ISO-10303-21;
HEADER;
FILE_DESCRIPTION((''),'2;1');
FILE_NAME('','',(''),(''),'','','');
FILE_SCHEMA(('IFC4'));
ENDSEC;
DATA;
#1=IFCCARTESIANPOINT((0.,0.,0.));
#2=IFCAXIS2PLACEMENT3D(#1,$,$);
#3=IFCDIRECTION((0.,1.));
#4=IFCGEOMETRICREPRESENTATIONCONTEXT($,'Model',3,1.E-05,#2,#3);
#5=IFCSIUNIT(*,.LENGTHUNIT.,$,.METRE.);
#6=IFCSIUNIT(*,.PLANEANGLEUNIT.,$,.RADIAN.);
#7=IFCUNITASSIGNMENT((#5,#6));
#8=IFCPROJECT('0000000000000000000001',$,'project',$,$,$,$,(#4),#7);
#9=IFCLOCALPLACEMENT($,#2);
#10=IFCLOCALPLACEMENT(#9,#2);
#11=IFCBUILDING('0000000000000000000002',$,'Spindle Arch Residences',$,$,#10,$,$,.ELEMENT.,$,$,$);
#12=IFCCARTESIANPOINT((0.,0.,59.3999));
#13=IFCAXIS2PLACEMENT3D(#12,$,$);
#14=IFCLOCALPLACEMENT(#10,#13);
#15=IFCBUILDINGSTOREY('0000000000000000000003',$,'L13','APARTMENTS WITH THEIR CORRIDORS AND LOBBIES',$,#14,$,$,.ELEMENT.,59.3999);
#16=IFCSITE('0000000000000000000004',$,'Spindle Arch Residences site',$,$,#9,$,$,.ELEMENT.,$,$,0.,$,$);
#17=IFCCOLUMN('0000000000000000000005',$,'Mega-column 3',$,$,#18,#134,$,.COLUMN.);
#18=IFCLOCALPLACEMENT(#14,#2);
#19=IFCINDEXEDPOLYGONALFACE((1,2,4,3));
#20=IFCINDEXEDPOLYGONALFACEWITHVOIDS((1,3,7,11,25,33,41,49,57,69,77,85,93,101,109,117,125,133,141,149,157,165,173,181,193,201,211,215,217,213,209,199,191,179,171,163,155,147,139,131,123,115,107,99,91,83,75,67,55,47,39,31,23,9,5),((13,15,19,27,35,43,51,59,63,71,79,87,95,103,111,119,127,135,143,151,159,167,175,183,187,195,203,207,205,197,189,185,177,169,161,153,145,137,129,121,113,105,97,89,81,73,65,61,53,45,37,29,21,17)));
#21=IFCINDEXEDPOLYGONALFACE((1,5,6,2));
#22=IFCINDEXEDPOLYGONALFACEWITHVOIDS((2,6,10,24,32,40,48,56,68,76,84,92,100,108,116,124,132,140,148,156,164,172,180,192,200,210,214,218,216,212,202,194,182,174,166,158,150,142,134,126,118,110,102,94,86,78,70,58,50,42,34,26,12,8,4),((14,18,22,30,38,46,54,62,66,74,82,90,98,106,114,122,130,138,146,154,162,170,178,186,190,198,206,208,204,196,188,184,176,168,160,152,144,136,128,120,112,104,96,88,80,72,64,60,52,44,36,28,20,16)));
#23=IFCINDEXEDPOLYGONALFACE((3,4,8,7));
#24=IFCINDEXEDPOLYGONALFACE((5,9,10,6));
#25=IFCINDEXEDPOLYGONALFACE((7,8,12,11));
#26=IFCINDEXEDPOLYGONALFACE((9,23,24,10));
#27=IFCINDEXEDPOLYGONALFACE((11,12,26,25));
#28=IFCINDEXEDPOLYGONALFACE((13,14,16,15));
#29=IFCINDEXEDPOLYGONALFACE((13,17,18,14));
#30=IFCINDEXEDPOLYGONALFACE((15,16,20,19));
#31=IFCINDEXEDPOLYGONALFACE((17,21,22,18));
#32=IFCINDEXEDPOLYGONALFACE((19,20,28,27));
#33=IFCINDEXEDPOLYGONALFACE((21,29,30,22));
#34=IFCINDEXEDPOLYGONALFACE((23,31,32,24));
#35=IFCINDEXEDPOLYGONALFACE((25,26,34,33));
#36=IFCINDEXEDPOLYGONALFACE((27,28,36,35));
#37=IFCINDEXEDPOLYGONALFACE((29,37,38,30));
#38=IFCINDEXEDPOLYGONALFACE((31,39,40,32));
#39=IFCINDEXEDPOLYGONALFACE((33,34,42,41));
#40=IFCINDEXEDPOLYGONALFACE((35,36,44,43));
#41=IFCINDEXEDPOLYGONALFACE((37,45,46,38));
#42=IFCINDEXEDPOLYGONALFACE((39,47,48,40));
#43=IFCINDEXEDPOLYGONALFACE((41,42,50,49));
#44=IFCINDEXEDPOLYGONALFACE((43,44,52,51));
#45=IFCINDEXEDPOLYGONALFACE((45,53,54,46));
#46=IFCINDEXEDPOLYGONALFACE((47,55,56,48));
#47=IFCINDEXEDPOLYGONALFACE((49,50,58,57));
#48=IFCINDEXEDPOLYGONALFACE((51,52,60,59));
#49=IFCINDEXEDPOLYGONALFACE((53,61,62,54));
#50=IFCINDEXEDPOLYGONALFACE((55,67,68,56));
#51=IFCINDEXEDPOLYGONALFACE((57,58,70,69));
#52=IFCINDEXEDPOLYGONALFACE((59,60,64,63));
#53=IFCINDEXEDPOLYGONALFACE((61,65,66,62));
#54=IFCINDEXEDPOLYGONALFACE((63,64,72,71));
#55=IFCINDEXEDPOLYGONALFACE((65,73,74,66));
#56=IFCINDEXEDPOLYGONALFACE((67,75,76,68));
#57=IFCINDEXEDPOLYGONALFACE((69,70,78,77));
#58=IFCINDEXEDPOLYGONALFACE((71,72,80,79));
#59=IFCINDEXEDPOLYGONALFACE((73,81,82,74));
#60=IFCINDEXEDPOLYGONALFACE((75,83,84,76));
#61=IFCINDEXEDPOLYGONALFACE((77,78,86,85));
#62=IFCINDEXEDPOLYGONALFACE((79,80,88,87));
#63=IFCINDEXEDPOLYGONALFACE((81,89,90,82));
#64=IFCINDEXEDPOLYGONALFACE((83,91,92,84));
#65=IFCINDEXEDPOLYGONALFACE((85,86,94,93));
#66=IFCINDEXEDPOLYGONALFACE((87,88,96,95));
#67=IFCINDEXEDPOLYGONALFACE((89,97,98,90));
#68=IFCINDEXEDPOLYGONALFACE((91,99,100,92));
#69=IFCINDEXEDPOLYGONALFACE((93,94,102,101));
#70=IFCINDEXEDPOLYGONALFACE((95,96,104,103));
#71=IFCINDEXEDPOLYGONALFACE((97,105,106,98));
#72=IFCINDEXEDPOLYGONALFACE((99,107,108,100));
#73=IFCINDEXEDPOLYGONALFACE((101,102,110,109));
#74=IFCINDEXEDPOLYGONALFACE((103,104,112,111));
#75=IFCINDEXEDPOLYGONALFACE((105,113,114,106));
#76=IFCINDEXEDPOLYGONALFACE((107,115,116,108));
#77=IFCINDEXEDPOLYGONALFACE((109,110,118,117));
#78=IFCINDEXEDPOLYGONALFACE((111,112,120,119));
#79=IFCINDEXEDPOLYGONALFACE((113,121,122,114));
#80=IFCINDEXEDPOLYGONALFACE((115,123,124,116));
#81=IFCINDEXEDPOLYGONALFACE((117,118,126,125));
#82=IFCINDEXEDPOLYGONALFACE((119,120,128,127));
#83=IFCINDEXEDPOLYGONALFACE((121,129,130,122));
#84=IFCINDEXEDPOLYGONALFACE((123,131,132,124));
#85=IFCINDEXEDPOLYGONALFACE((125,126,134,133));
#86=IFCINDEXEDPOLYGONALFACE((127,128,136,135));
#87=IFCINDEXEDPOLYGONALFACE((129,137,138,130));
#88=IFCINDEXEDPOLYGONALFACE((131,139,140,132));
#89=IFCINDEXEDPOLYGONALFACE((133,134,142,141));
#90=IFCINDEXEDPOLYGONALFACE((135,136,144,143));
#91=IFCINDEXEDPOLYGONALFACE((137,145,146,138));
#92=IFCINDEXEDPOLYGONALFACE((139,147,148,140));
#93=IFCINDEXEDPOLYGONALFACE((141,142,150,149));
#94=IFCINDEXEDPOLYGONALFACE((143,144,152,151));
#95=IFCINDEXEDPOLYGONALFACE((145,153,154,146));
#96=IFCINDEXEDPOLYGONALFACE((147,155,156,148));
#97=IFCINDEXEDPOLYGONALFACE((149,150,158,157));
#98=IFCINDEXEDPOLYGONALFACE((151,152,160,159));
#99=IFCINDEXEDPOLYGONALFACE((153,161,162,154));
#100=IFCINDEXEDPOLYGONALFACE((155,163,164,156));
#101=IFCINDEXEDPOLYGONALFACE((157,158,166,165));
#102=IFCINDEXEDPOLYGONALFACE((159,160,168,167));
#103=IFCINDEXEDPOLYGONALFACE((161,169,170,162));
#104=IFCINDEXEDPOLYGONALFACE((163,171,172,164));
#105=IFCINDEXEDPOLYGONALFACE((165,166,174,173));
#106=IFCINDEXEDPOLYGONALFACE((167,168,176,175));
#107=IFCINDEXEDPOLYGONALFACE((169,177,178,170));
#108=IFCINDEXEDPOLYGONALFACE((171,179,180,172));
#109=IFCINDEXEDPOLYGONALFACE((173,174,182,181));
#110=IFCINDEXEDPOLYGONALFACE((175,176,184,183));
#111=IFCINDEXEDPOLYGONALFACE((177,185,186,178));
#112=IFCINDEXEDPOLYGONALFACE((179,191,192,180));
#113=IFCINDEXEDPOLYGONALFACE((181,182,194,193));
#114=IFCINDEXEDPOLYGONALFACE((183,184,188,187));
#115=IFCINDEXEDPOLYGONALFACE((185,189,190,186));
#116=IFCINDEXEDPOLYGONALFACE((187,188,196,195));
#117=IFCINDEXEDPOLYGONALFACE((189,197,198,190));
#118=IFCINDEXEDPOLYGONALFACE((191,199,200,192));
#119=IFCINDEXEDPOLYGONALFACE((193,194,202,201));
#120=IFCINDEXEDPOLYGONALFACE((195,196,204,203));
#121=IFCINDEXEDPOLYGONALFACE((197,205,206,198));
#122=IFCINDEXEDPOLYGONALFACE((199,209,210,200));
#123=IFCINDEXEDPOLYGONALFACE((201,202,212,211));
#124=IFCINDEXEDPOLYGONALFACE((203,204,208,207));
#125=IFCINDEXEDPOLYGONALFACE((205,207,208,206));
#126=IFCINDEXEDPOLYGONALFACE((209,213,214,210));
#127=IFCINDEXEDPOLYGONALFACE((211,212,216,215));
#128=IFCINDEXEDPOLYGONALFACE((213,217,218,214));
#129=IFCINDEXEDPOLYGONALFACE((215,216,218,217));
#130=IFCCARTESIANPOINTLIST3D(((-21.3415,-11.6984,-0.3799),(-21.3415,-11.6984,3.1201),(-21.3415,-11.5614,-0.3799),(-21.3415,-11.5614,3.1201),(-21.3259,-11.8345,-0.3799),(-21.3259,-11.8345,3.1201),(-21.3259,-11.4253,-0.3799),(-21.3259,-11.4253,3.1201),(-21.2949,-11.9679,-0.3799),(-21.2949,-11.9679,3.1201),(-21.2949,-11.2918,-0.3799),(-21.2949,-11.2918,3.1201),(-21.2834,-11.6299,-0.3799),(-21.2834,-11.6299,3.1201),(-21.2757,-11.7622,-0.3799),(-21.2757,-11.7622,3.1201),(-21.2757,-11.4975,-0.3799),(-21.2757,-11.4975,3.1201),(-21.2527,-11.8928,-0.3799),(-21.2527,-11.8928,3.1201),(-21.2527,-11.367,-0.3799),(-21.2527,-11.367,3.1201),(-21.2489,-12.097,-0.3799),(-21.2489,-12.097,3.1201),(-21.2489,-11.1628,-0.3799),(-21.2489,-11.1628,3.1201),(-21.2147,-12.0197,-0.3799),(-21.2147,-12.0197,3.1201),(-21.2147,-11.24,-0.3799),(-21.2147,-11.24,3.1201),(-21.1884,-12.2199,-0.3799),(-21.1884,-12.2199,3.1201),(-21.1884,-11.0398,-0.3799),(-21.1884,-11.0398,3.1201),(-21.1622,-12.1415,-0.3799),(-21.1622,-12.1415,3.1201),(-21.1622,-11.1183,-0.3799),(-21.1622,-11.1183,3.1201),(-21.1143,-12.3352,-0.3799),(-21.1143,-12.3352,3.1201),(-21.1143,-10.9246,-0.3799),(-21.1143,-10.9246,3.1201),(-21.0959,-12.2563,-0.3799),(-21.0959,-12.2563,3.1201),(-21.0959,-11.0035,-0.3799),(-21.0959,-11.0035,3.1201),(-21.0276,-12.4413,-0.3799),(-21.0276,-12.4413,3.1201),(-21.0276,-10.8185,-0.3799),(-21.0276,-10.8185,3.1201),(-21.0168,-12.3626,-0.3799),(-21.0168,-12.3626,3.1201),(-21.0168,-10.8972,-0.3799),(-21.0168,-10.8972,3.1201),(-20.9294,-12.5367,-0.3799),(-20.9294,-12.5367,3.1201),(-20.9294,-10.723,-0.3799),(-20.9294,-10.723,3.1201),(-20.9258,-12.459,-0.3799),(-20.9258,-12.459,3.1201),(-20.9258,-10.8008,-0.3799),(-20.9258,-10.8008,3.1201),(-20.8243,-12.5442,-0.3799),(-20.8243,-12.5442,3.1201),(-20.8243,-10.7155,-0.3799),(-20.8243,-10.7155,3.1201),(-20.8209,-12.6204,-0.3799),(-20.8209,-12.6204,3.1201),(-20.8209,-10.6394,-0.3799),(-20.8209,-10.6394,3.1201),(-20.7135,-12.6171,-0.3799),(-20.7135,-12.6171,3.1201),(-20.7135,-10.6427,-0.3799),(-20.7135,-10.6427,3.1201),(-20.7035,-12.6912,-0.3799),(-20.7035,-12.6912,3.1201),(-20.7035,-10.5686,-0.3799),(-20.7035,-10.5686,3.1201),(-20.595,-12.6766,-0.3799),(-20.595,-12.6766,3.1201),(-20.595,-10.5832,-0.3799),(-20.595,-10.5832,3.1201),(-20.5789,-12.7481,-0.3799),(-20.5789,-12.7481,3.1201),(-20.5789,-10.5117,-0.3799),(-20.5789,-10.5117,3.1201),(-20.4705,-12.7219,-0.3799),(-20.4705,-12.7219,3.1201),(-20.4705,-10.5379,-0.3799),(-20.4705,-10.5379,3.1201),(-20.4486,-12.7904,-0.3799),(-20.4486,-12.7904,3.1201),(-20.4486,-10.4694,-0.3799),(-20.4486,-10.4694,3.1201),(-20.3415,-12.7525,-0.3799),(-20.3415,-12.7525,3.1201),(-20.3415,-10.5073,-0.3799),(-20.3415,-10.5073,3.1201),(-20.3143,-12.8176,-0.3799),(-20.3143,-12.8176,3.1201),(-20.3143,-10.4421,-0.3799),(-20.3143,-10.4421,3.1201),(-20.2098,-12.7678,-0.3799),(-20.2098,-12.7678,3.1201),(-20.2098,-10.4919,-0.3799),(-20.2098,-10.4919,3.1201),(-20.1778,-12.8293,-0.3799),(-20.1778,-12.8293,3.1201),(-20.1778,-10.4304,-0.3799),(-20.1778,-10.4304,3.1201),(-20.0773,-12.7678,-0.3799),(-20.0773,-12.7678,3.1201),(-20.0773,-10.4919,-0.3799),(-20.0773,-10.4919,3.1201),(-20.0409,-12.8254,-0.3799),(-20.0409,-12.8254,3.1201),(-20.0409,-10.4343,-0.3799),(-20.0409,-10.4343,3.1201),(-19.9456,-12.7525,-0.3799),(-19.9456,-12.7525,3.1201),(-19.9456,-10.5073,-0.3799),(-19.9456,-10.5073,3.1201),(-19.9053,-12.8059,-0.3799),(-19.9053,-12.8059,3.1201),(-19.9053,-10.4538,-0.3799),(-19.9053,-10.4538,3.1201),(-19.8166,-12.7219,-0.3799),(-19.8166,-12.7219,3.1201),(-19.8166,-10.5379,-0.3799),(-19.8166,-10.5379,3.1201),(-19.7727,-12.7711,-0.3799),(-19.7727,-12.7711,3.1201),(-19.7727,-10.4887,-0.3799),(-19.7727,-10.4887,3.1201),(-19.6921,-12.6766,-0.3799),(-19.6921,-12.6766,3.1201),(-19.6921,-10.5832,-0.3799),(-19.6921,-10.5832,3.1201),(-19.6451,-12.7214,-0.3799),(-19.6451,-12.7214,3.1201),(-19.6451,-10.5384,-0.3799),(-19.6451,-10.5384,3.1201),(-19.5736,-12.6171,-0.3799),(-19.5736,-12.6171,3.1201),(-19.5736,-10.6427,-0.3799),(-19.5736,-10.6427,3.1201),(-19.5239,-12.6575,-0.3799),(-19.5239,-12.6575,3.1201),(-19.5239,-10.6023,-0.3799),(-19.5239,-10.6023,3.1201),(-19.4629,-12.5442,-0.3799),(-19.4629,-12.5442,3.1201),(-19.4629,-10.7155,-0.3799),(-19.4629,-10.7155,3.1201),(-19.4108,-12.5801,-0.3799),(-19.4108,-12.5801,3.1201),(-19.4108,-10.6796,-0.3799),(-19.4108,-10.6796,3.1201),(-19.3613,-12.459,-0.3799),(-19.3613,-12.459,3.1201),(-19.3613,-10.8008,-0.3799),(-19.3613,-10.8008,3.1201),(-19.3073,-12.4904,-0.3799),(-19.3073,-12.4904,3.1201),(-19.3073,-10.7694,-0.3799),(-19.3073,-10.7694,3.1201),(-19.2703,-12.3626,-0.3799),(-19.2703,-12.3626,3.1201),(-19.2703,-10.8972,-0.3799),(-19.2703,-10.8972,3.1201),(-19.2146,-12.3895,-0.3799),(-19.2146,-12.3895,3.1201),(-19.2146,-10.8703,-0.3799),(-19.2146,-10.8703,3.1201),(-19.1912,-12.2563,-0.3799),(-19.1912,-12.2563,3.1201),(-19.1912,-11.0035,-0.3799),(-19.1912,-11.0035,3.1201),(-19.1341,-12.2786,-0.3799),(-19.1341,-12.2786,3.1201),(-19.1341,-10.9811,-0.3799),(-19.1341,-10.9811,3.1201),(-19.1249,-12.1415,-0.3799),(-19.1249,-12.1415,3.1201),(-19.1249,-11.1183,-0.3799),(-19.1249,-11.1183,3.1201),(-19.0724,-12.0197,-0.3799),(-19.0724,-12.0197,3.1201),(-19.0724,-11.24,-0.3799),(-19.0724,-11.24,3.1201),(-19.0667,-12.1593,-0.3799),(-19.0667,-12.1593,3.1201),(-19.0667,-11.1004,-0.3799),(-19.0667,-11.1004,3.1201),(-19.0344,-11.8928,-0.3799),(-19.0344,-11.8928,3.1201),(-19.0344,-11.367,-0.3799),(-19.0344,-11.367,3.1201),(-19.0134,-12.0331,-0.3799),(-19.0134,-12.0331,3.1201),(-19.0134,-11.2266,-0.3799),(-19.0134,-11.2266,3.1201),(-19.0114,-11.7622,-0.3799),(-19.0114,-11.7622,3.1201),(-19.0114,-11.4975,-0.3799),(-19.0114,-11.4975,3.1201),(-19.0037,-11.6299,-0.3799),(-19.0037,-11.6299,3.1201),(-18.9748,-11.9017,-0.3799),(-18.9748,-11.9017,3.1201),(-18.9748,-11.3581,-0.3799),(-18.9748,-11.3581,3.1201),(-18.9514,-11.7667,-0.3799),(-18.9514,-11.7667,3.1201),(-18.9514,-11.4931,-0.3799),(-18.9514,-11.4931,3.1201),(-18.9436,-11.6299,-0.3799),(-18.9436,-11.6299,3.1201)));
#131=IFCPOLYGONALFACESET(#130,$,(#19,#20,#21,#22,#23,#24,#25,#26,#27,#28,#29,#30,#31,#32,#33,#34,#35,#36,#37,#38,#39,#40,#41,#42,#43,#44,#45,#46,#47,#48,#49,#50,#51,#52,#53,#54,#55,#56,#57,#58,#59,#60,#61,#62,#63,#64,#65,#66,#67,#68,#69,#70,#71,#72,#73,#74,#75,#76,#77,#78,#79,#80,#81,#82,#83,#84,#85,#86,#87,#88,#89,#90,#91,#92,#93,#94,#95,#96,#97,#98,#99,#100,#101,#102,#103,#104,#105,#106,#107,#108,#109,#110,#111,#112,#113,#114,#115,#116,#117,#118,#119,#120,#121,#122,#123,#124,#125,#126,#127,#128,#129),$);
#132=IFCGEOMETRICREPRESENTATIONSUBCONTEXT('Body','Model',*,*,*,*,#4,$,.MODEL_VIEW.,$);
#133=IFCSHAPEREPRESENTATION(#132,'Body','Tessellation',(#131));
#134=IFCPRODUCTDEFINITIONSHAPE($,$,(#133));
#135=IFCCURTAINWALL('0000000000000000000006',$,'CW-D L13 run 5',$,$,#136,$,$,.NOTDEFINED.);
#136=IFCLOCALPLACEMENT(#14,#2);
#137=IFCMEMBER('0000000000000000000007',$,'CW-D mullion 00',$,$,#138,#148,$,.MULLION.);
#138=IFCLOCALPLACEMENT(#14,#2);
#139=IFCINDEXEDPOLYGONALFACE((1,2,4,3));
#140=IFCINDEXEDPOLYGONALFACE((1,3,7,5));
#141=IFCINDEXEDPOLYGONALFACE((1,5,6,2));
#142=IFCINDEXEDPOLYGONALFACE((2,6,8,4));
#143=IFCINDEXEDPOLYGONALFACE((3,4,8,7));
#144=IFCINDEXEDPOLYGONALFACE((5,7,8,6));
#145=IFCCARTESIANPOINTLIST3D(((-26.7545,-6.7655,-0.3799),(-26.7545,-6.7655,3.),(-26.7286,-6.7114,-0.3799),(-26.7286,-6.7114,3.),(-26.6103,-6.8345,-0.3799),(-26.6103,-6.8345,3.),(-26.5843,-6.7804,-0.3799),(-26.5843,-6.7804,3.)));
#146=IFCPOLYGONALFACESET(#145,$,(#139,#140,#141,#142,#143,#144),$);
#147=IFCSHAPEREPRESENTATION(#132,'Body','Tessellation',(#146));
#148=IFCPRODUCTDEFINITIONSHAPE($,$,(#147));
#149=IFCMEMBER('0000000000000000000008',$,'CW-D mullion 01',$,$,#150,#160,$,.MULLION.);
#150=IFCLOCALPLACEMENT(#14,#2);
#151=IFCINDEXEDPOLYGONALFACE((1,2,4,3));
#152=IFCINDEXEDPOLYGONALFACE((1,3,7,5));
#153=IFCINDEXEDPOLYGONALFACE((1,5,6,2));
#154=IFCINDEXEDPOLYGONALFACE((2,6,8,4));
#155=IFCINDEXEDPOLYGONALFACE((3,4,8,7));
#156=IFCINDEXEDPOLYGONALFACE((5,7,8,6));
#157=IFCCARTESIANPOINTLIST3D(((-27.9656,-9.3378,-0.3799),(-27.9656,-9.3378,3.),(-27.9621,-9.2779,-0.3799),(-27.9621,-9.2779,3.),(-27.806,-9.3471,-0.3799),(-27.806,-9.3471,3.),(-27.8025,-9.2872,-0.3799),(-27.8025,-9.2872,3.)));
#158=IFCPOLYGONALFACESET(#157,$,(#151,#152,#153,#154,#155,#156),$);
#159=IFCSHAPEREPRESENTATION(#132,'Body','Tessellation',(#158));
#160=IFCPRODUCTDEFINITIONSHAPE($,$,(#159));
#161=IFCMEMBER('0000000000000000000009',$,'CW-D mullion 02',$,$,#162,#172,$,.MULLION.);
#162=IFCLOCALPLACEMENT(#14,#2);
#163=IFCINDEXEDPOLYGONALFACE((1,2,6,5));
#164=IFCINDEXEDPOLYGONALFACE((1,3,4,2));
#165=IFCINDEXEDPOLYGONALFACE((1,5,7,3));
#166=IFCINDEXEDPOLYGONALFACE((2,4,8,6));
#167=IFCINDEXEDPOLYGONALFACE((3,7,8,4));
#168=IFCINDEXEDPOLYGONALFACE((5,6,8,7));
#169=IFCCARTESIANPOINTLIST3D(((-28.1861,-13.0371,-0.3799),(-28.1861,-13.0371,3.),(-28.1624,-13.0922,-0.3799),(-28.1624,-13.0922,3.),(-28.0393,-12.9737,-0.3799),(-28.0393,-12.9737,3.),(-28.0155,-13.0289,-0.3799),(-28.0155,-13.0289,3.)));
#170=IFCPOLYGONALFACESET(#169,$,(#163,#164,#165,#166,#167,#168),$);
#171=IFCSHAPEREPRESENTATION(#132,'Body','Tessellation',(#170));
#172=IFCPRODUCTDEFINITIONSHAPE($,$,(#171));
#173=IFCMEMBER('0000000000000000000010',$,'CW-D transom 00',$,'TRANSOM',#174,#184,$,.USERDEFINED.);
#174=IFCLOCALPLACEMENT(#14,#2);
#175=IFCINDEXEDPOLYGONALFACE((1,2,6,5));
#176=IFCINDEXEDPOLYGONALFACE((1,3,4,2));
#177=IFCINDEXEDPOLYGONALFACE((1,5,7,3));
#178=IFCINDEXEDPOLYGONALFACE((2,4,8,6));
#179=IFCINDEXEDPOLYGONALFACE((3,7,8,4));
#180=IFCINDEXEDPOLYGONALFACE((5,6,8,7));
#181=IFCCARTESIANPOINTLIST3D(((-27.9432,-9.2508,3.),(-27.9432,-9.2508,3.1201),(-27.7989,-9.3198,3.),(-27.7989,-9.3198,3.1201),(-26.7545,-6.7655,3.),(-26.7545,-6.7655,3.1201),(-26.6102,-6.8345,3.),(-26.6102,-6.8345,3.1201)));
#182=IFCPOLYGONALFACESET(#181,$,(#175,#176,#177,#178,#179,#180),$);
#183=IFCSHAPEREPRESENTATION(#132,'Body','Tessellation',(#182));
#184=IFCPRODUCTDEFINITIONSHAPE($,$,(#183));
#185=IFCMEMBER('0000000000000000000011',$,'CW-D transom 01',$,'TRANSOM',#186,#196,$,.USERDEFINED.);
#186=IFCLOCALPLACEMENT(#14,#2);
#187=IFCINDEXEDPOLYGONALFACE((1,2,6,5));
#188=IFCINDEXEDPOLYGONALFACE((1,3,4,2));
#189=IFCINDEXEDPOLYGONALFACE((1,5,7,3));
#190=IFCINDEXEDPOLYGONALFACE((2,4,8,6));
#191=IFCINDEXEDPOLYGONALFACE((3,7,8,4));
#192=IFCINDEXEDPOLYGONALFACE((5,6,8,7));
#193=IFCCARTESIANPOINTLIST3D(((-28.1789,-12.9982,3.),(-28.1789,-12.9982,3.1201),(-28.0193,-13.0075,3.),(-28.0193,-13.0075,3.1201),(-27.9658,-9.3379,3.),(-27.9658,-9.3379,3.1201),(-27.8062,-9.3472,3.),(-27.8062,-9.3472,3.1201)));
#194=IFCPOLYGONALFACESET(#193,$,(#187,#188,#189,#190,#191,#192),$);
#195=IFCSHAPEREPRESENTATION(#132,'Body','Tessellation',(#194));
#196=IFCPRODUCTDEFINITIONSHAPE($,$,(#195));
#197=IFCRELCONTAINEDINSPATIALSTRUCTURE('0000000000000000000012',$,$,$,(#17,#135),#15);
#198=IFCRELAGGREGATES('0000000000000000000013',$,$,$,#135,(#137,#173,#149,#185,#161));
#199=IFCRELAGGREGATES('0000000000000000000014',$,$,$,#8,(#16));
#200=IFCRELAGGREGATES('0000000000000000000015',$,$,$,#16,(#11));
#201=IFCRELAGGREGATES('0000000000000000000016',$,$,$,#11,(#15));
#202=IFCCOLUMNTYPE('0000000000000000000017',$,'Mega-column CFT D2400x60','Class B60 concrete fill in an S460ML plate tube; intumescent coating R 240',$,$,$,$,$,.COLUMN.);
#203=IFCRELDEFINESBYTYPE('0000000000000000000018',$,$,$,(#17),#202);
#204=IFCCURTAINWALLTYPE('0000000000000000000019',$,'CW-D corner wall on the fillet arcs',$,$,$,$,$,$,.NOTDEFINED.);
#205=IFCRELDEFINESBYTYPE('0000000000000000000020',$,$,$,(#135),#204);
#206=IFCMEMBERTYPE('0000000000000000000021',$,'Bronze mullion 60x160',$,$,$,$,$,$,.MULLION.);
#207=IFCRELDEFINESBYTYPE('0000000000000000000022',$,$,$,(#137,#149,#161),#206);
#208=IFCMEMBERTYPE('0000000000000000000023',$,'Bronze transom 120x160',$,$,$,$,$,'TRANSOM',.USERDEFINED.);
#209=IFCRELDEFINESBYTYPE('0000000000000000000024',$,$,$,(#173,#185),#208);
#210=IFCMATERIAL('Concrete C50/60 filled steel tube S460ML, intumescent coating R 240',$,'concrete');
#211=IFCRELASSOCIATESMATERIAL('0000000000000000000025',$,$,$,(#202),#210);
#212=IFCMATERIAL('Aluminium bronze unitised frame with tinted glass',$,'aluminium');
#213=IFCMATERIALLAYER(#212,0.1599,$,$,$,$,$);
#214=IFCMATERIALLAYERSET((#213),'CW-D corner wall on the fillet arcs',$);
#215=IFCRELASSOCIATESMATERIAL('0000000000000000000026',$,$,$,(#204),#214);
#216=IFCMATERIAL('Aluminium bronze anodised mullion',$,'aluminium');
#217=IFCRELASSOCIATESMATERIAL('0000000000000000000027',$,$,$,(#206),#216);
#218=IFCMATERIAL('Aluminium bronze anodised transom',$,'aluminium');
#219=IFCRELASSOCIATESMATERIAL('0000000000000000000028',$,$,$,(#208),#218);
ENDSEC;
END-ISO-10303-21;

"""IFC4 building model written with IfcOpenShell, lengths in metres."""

from ifc_helpers import new_model, si_unit, direction, frame, origin, origin_2d, place, context, subcontext, project, spatial, rectangle, hollow_circle, extrude, material, layer, layer_set, material_profile, profile_set, type_object, element, aggregate, save


model = new_model("IFC4")

# Units and contexts
model_context = context("Model", 3, precision=1e-05, world=origin(), true_north=direction((0.0, 1.0)))
body_context = subcontext(model_context, "Body", "Model", "MODEL_VIEW")
ifc_project = project(units=[si_unit("LENGTHUNIT", "METRE"), si_unit("PLANEANGLEUNIT", "RADIAN")], contexts=[model_context])

# Site, building, storey
site_placement = place(None, origin())
site = spatial("IfcSite", under=ifc_project, at=site_placement, Name="Spindle Arch Residences site", CompositionType="ELEMENT", RefElevation=0.0)
building_placement = place(site_placement, origin())
building = spatial("IfcBuilding", under=site, at=building_placement, Name="Spindle Arch Residences", CompositionType="ELEMENT")
storey_placement = place(building_placement, frame((0.0, 0.0, 59.3999)))
storey = spatial("IfcBuildingStorey", under=building, at=storey_placement, Name="L13", Description="APARTMENTS WITH THEIR CORRIDORS AND LOBBIES", CompositionType="ELEMENT", Elevation=59.3999)

# Column
ifc_material_1 = material(Name="Concrete C50/60 filled steel tube S460ML, intumescent coating R 240", Category="concrete")
ifc_material_profile_1 = material_profile(ifc_material_1, hollow_circle(Radius=1.2, WallThickness=0.0601, at=origin_2d()), Name="CFT D2400x60")
ifc_profile_set_1 = profile_set([ifc_material_profile_1], Name="Concrete C50/60 filled steel tube S460ML, intumescent coating R 240")
column_type_1 = type_object("IfcColumnType", Name="Mega-column CFT D2400x60", Description="Class B60 concrete fill in an S460ML plate tube; intumescent coating R 240", PredefinedType="COLUMN", material=ifc_profile_set_1)
column_placement = place(storey_placement, frame((-20.1436, -11.6299, -0.3799), z_axis=(0.0, 0.0, 1.0), x_axis=(1.0, 0.0, 0.0)))
element("IfcColumn", 1, at=column_placement, inside=storey, type_object=column_type_1, Name="Mega-column 3", PredefinedType="COLUMN", context=body_context, shape_type="SweptSolid", body=[
    extrude(hollow_circle(Radius=1.2, WallThickness=0.0601, at=origin_2d()), origin(), (0.0, 0.0, 1.0), 3.5),
])

# Curtain wall, members
ifc_material_2 = material(Name="Aluminium bronze unitised frame with tinted glass", Category="aluminium")
ifc_layer_1 = layer(ifc_material_2, 0.1599)
ifc_layer_set_1 = layer_set([ifc_layer_1], Name="CW-D corner wall on the fillet arcs")
curtain_wall_type_1 = type_object("IfcCurtainWallType", Name="CW-D corner wall on the fillet arcs", PredefinedType="NOTDEFINED", material=ifc_layer_set_1)
curtain_wall_1_placement = place(storey_placement, origin())
curtain_wall_1 = element("IfcCurtainWall", 2, at=curtain_wall_1_placement, inside=storey, type_object=curtain_wall_type_1, Name="CW-D L13 run 5", PredefinedType="NOTDEFINED")
ifc_material_3 = material(Name="Aluminium bronze anodised mullion", Category="aluminium")
ifc_material_profile_2 = material_profile(ifc_material_3, rectangle(XDim=0.1599, YDim=0.0601, at=origin_2d()), Name="MU 60x160")
ifc_profile_set_2 = profile_set([ifc_material_profile_2], Name="Aluminium bronze anodised mullion")
member_type_1 = type_object("IfcMemberType", Name="Bronze mullion 60x160", PredefinedType="MULLION", material=ifc_profile_set_2)
member_1_placement = place(storey_placement, frame((-26.6694, -6.7729, -0.3799), z_axis=(0.0, 0.0, 1.0), x_axis=(0.902112, -0.431502, 0.0)))
member_1 = element("IfcMember", 3, at=member_1_placement, type_object=member_type_1, Name="CW-D mullion 00", PredefinedType="MULLION", context=body_context, shape_type="SweptSolid", body=[
    extrude(rectangle(XDim=0.1599, YDim=0.0601, at=origin_2d()), origin(), (0.0, 0.0, 1.0), 3.3799),
])
member_2_placement = place(storey_placement, frame((-27.884, -9.3125, -0.3799), z_axis=(0.0, 0.0, 1.0), x_axis=(0.998308, -0.058145, 0.0)))
member_2 = element("IfcMember", 4, at=member_2_placement, type_object=member_type_1, Name="CW-D mullion 01", PredefinedType="MULLION", context=body_context, shape_type="SweptSolid", body=[
    extrude(rectangle(XDim=0.1599, YDim=0.0601, at=origin_2d()), origin(), (0.0, 0.0, 1.0), 3.3799),
])
member_3_placement = place(storey_placement, frame((-28.1008, -13.033, -0.3799), z_axis=(0.0, 0.0, 1.0), x_axis=(0.918216, 0.39608, 0.0)))
member_3 = element("IfcMember", 5, at=member_3_placement, type_object=member_type_1, Name="CW-D mullion 02", PredefinedType="MULLION", context=body_context, shape_type="SweptSolid", body=[
    extrude(rectangle(XDim=0.1599, YDim=0.0601, at=origin_2d()), origin(), (0.0, 0.0, 1.0), 3.3799),
])
ifc_material_4 = material(Name="Aluminium bronze anodised transom", Category="aluminium")
ifc_material_profile_3 = material_profile(ifc_material_4, rectangle(XDim=0.1599, YDim=0.1201, at=origin_2d()), Name="TR 120x160")
ifc_profile_set_3 = profile_set([ifc_material_profile_3], Name="Aluminium bronze anodised transom")
member_type_2 = type_object("IfcMemberType", Name="Bronze transom 120x160", ElementType="TRANSOM", PredefinedType="USERDEFINED", material=ifc_profile_set_3)
member_4_placement = place(storey_placement, frame((-26.6824, -6.8, 3.0601), z_axis=(-0.431477, -0.902124, 0.0), x_axis=(0.902124, -0.431477, 0.0)))
member_4 = element("IfcMember", 6, at=member_4_placement, type_object=member_type_2, Name="CW-D transom 00", ObjectType="TRANSOM", PredefinedType="USERDEFINED", context=body_context, shape_type="SweptSolid", body=[
    extrude(rectangle(XDim=0.1599, YDim=0.1201, at=origin_2d()), origin(), (0.0, 0.0, 1.0), 2.7549),
])
member_5_placement = place(storey_placement, frame((-27.886, -9.3425, 3.0601), z_axis=(-0.058129, -0.998309, 0.0), x_axis=(0.998309, -0.058129, 0.0)))
member_5 = element("IfcMember", 7, at=member_5_placement, type_object=member_type_2, Name="CW-D transom 01", ObjectType="TRANSOM", PredefinedType="USERDEFINED", context=body_context, shape_type="SweptSolid", body=[
    extrude(rectangle(XDim=0.1599, YDim=0.1201, at=origin_2d()), origin(), (0.0, 0.0, 1.0), 3.6665),
])

aggregate(curtain_wall_1, [member_1, member_4, member_2, member_5, member_3])

save(model, "model.ifc")
